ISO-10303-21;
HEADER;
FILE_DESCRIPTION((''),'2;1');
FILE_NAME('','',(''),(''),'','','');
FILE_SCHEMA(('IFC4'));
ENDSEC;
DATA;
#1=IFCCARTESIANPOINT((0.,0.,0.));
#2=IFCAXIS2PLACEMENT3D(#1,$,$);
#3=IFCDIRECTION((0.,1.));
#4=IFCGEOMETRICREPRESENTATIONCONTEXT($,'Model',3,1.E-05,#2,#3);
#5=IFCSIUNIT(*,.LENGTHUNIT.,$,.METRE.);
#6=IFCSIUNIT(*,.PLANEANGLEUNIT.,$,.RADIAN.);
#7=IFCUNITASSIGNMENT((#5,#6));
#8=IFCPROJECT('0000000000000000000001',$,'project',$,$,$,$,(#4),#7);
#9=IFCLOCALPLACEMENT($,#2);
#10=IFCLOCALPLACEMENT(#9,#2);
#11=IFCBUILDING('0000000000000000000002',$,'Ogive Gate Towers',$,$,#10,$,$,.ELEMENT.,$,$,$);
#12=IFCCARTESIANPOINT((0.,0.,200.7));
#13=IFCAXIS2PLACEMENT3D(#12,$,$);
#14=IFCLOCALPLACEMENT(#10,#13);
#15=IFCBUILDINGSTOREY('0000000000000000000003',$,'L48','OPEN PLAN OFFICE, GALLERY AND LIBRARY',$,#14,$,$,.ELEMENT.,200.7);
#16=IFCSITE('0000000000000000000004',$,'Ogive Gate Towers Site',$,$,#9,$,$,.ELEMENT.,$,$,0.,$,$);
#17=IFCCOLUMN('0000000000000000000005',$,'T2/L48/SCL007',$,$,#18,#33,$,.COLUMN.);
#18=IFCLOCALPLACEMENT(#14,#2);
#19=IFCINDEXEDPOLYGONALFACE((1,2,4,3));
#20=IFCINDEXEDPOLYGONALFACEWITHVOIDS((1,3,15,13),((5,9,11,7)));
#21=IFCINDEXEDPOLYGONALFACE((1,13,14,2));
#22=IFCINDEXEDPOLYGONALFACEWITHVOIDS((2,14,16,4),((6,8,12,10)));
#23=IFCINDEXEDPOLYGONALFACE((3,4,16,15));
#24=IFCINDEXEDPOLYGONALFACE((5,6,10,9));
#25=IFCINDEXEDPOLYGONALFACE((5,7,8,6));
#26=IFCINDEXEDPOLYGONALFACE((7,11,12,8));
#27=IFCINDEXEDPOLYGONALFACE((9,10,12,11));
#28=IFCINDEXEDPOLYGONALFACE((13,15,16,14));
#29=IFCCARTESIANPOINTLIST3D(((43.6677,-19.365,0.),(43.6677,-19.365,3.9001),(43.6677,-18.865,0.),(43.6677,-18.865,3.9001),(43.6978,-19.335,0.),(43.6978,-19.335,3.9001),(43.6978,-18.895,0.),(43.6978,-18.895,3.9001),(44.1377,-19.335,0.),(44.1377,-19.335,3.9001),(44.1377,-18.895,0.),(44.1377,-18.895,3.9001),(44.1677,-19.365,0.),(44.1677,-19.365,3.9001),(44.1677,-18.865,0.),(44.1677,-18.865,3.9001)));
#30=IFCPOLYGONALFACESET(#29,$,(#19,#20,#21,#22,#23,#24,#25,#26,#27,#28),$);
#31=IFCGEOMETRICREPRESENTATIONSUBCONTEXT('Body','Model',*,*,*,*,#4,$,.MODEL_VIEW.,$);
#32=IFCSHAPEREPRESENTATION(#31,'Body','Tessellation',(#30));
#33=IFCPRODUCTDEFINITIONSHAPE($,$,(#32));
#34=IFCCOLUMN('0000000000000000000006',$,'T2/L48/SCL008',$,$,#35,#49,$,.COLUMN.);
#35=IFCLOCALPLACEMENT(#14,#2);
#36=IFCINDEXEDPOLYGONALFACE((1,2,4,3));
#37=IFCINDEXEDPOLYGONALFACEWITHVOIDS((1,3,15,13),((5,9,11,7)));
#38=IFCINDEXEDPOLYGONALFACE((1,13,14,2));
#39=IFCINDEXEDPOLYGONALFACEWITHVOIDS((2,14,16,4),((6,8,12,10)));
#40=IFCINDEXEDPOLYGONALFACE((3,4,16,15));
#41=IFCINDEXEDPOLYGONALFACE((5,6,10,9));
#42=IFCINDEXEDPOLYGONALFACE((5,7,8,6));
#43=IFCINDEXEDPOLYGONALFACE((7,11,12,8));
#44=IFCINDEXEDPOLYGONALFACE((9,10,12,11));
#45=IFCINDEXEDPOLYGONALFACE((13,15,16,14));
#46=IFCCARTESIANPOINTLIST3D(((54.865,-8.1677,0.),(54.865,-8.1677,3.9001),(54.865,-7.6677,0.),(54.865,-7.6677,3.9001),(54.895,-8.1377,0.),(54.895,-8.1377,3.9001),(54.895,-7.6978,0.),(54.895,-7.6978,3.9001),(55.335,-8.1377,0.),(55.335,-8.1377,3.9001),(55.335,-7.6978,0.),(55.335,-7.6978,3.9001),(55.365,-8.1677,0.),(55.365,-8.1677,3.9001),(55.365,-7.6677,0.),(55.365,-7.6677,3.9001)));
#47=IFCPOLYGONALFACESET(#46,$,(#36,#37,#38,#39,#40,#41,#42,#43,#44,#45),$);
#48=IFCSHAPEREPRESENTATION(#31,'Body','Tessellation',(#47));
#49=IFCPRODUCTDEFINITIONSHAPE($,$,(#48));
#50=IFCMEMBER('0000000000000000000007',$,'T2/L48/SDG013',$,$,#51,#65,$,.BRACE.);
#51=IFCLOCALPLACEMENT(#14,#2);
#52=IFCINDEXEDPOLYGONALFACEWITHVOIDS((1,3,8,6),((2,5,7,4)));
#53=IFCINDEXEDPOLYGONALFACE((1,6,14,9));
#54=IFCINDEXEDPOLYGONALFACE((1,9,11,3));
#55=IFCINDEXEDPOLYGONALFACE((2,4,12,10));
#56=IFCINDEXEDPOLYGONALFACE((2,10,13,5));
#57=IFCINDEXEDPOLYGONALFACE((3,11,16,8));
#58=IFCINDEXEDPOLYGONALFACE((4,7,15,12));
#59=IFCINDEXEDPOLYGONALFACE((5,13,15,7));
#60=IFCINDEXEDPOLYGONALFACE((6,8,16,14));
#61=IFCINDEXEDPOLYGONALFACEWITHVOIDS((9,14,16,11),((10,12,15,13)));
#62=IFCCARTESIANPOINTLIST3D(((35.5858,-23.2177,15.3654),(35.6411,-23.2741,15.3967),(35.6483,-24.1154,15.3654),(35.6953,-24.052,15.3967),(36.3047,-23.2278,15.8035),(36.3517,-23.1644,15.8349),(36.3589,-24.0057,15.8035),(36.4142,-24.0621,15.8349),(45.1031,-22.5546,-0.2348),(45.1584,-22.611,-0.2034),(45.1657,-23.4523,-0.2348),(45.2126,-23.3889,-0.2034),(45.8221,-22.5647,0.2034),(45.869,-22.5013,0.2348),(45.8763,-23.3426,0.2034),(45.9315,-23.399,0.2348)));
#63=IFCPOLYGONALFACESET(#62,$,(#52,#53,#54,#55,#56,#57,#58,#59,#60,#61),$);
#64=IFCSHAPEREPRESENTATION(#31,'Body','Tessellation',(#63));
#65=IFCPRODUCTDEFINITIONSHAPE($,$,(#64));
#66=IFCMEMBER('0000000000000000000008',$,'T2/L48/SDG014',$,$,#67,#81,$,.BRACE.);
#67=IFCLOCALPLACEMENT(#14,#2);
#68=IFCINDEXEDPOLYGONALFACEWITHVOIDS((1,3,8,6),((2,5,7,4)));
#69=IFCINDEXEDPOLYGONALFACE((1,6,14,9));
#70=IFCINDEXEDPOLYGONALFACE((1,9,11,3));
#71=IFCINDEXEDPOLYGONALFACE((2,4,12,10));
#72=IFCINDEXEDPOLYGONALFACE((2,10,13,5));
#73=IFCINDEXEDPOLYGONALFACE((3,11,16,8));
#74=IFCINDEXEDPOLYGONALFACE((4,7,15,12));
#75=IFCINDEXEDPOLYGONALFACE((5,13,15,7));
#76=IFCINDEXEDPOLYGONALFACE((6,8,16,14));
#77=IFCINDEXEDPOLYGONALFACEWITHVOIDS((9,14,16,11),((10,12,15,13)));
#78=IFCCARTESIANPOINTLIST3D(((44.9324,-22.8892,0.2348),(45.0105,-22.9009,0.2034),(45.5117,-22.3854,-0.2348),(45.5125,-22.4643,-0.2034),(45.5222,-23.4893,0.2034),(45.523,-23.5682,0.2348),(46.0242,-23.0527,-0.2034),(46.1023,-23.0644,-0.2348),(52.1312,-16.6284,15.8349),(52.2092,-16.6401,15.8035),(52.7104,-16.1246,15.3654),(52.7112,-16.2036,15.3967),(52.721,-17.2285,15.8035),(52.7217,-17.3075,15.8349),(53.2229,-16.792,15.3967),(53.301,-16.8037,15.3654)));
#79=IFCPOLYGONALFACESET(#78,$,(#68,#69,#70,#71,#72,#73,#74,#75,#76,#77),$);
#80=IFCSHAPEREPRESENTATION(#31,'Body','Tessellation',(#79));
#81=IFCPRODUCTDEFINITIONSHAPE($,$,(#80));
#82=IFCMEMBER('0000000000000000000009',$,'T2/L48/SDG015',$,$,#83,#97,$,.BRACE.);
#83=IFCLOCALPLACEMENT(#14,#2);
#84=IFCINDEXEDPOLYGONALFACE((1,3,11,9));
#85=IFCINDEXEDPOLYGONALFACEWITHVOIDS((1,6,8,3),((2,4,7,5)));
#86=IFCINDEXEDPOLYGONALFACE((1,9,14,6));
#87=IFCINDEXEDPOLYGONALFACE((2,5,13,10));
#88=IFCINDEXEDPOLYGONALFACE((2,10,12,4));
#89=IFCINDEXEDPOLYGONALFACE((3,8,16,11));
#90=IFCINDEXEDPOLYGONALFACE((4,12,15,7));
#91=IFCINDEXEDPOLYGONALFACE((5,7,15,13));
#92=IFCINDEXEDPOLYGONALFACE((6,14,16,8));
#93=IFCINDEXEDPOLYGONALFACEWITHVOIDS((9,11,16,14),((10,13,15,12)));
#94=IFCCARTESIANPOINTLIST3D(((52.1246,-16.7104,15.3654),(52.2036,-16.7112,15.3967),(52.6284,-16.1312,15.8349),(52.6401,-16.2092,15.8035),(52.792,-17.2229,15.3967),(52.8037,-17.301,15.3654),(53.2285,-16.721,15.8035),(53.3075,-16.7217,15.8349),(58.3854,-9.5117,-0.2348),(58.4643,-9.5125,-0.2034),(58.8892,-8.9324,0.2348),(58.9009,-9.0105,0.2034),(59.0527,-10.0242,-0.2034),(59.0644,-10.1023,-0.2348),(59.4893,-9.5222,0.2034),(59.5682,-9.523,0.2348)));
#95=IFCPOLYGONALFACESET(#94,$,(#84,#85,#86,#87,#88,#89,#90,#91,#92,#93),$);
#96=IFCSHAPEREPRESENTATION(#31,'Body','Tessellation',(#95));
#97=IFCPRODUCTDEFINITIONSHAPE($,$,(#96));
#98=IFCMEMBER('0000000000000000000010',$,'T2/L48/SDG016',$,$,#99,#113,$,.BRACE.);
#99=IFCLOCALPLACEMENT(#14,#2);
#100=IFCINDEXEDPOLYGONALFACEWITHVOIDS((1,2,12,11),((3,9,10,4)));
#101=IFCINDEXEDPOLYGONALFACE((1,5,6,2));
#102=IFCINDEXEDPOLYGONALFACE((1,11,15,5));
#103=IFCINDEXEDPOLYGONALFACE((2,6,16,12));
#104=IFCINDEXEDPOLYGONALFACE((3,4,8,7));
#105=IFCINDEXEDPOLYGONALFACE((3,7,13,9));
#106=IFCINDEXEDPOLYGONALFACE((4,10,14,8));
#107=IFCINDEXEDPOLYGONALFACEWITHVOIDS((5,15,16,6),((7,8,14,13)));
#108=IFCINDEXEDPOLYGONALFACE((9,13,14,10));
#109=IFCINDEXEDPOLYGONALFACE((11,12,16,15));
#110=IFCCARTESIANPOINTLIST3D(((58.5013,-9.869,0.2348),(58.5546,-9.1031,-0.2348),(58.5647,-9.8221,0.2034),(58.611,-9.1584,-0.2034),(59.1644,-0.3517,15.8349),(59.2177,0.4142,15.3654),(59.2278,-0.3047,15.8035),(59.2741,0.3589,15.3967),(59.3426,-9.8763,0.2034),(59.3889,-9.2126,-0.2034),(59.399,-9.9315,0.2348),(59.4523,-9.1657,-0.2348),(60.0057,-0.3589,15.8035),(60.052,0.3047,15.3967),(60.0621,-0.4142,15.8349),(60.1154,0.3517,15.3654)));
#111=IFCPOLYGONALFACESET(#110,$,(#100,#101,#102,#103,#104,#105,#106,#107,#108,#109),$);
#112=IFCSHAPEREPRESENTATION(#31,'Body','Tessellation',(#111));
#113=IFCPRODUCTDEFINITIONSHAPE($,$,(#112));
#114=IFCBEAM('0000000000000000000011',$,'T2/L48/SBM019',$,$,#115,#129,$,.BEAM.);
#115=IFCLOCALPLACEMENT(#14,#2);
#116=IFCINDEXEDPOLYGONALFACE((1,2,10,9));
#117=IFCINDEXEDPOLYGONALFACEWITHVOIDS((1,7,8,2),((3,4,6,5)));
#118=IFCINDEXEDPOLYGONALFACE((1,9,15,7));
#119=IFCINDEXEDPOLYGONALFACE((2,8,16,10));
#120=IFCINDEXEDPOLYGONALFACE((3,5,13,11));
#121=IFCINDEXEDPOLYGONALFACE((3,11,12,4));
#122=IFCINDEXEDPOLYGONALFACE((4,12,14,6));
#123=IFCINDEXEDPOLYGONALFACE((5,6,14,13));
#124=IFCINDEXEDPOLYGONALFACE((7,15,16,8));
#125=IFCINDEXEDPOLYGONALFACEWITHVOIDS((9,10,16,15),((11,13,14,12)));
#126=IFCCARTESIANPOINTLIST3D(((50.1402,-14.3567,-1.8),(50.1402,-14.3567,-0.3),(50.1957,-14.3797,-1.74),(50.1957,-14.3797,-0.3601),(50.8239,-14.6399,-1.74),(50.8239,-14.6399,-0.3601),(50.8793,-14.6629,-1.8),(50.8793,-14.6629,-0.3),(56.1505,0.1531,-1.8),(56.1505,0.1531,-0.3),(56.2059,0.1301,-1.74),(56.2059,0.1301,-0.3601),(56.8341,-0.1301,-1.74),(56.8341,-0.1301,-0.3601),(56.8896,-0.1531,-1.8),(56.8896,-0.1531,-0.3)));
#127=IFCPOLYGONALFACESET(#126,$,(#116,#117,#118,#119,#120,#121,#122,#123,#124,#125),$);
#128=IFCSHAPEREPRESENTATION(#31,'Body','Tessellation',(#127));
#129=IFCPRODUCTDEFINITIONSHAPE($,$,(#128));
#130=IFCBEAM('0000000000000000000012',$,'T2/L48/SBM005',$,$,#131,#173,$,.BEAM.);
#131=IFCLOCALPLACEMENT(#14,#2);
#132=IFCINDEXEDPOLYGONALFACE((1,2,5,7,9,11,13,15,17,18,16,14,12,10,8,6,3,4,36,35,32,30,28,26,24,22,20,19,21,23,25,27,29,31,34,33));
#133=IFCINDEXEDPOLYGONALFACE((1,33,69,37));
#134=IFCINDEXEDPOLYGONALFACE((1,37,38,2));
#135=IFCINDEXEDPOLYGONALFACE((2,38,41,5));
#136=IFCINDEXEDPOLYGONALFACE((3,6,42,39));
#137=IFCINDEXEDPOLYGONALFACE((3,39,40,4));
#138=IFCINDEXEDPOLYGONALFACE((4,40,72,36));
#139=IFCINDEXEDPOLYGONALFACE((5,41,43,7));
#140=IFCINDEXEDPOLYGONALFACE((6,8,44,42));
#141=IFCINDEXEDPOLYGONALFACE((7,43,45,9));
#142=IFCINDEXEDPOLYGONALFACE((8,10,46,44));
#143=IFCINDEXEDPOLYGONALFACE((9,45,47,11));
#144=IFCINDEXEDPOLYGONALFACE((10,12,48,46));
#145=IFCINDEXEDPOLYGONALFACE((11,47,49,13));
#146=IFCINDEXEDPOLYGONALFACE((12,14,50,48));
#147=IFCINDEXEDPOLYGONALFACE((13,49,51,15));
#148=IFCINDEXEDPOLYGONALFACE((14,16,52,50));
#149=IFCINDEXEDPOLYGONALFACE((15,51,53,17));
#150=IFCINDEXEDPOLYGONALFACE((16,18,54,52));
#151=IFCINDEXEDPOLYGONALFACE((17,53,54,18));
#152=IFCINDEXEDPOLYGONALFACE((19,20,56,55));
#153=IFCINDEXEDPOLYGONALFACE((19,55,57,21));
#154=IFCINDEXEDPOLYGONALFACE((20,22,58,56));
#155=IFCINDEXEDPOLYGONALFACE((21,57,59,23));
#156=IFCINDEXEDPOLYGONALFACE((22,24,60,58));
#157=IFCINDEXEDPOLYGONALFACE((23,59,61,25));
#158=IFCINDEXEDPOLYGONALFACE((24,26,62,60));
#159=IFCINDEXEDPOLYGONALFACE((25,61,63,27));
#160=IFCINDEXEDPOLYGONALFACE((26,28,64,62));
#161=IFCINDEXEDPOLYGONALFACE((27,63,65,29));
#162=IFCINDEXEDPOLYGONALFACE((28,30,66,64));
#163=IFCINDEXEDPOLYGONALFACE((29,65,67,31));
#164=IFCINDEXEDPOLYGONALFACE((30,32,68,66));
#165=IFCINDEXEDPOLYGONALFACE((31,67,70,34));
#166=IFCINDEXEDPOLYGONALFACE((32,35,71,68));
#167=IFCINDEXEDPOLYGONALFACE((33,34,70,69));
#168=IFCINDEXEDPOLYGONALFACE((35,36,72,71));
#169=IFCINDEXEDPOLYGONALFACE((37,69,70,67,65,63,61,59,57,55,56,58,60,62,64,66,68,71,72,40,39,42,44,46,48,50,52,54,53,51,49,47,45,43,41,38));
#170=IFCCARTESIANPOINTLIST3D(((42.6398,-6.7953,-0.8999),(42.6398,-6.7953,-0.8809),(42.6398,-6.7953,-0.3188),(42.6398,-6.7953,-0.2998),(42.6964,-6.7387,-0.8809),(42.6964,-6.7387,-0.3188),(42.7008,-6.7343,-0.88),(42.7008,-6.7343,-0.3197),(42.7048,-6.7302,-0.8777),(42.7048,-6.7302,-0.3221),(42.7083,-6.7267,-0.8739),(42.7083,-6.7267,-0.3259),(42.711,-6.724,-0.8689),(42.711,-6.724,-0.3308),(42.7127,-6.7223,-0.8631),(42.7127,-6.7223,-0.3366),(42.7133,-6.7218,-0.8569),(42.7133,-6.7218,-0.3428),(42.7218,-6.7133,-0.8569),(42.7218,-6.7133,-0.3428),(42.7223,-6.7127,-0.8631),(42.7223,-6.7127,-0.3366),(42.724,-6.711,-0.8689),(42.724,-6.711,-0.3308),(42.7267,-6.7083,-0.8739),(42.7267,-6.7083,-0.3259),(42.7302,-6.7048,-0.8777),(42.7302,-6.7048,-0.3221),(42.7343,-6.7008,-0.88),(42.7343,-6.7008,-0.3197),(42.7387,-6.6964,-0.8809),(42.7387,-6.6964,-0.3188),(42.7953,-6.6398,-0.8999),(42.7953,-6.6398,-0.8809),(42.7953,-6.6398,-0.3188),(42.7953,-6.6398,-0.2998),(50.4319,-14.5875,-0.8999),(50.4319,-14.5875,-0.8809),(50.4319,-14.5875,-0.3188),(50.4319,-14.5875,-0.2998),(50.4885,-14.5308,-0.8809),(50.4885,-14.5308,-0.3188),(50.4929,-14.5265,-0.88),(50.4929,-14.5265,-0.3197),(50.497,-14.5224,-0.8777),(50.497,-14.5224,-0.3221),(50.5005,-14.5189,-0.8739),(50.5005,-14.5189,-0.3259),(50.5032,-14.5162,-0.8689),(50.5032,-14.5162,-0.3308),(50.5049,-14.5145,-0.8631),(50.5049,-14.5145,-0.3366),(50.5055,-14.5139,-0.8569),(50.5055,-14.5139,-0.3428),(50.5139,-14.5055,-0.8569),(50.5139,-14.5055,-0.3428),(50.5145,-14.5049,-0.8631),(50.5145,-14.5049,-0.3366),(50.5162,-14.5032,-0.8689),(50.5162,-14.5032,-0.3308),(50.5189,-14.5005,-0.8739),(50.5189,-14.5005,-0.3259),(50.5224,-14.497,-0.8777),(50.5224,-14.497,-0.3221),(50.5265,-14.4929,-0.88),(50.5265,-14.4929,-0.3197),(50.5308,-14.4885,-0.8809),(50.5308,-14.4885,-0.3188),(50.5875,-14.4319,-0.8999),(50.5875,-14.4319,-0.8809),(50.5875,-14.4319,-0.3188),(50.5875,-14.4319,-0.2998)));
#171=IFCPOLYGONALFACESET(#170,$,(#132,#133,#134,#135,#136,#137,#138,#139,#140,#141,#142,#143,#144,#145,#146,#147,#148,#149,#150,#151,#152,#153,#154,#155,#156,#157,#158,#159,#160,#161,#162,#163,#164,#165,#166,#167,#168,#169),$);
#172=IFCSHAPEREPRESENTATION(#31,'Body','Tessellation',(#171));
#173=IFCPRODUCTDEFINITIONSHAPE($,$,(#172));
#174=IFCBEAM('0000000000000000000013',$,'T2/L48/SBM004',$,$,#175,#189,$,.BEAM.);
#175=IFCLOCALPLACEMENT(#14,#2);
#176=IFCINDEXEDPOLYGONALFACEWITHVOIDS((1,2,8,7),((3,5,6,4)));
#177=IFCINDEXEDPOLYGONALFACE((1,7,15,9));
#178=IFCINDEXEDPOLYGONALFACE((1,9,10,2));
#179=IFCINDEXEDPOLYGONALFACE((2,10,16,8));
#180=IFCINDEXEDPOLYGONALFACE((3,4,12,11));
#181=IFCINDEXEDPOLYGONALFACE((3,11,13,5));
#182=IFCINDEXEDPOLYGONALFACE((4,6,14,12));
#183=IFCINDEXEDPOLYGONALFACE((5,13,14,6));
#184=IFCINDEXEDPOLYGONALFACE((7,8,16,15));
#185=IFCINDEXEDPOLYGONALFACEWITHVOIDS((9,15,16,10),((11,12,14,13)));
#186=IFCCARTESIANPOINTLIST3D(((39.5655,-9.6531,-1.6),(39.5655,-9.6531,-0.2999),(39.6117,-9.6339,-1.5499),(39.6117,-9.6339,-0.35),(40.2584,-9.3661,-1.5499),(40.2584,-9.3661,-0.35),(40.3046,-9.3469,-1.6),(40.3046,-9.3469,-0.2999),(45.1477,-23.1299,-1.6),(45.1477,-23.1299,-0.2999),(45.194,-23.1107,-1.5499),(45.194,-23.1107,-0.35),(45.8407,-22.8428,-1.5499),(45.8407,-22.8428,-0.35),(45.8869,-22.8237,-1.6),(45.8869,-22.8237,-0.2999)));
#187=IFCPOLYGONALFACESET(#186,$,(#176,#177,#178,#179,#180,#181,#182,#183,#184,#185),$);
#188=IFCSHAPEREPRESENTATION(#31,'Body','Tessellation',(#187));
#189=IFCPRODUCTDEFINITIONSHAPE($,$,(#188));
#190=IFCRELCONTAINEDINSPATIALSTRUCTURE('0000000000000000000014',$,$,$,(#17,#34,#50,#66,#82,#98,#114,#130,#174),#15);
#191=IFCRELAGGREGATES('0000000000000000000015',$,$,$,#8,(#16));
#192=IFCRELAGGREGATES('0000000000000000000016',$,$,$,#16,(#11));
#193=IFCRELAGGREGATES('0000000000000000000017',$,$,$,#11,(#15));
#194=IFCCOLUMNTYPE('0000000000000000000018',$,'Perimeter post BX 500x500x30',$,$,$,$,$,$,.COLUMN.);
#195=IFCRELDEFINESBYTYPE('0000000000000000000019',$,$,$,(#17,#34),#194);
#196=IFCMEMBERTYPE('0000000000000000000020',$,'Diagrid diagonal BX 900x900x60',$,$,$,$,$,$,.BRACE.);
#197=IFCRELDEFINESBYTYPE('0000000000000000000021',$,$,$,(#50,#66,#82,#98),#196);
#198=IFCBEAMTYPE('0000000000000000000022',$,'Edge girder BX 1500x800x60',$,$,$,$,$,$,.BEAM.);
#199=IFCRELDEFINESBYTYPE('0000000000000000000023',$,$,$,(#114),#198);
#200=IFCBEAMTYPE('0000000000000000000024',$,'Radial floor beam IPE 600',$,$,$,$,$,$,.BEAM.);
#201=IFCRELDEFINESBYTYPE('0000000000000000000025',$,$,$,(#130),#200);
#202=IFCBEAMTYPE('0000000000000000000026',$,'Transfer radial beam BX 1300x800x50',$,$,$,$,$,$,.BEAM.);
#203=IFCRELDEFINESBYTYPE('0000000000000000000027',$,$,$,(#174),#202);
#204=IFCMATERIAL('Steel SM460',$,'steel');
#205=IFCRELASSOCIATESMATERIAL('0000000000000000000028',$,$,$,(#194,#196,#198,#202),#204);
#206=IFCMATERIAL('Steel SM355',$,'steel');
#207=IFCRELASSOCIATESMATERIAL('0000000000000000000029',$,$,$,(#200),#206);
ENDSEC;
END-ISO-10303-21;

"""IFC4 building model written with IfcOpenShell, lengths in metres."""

from ifc_helpers import new_model, si_unit, direction, frame, origin, origin_2d, place, context, subcontext, project, spatial, hollow_rectangle, i_section, extrude, material, material_profile, profile_set, type_object, element, save


model = new_model("IFC4")

# Units and contexts
model_context = context("Model", 3, precision=1e-05, world=origin(), true_north=direction((0.0, 1.0)))
body_context = subcontext(model_context, "Body", "Model", "MODEL_VIEW")
ifc_project = project(units=[si_unit("LENGTHUNIT", "METRE"), si_unit("PLANEANGLEUNIT", "RADIAN")], contexts=[model_context])

# Site, building, storey
site_placement = place(None, origin())
site = spatial("IfcSite", under=ifc_project, at=site_placement, Name="Ogive Gate Towers Site", CompositionType="ELEMENT", RefElevation=0.0)
building_placement = place(site_placement, origin())
building = spatial("IfcBuilding", under=site, at=building_placement, Name="Ogive Gate Towers", CompositionType="ELEMENT")
storey_placement = place(building_placement, frame((0.0, 0.0, 200.7)))
storey = spatial("IfcBuildingStorey", under=building, at=storey_placement, Name="L48", Description="OPEN PLAN OFFICE, GALLERY AND LIBRARY", CompositionType="ELEMENT", Elevation=200.7)

# Columns
ifc_material_1 = material(Name="Steel SM460", Category="steel")
ifc_material_profile_1 = material_profile(ifc_material_1, hollow_rectangle(XDim=0.5, YDim=0.5, WallThickness=0.03, at=origin_2d()), Name="BX 500x500x30")
ifc_profile_set_1 = profile_set([ifc_material_profile_1], Name="Steel SM460")
column_type = type_object("IfcColumnType", Name="Perimeter post BX 500x500x30", PredefinedType="COLUMN", material=ifc_profile_set_1)
for number, where, z_axis, x_axis, name in (
    (1, (43.9177, -19.115, 0.0), (0.0, 0.0, 1.0), (1.0, 0.0, 0.0), "T2/L48/SCL007"),
    (2, (55.115, -7.9177, 0.0), (0.0, 0.0, 1.0), (1.0, 0.0, 0.0), "T2/L48/SCL008"),
):
    element("IfcColumn", number, at=place(storey_placement, frame(where, z_axis=z_axis, x_axis=x_axis)), inside=storey, type_object=column_type, Name=name, PredefinedType="COLUMN", context=body_context, shape_type="SweptSolid", body=[
        extrude(hollow_rectangle(XDim=0.5, YDim=0.5, WallThickness=0.03, at=origin_2d()), origin(), (0.0, 0.0, 1.0), 3.9001),
    ])

# Members
ifc_material_profile_2 = material_profile(ifc_material_1, hollow_rectangle(XDim=0.8999, YDim=0.8999, WallThickness=0.0601, at=origin_2d()), Name="BX 900x900x60")
ifc_profile_set_2 = profile_set([ifc_material_profile_2], Name="Steel SM460")
member_type = type_object("IfcMemberType", Name="Diagrid diagonal BX 900x900x60", PredefinedType="BRACE", material=ifc_profile_set_2)
for number, where, z_axis, x_axis, name in (
    (3, (45.5173, -22.9768, 0.0), (-0.520468, -0.036262, 0.853111), (0.069503, -0.997582, 0.0), "T2/L48/SDG013"),
    (4, (45.5173, -22.9768, 0.0), (0.393672, 0.342377, 0.853112), (-0.656237, 0.754555, 0.0), "T2/L48/SDG014"),
    (5, (58.9768, -9.5173, 0.0), (-0.342377, -0.393672, 0.853112), (0.754555, -0.656237, 0.0), "T2/L48/SDG015"),
    (6, (58.9768, -9.5173, 0.0), (0.036262, 0.520468, 0.853111), (-0.997582, 0.069503, 0.0), "T2/L48/SDG016"),
):
    element("IfcMember", number, at=place(storey_placement, frame(where, z_axis=z_axis, x_axis=x_axis)), inside=storey, type_object=member_type, Name=name, PredefinedType="BRACE", context=body_context, shape_type="SweptSolid", body=[
        extrude(hollow_rectangle(XDim=0.8999, YDim=0.8999, WallThickness=0.0601, at=origin_2d()), origin(), (0.0, 0.0, 1.0), 18.2861),
    ])

# Beams
ifc_material_profile_3 = material_profile(ifc_material_1, hollow_rectangle(XDim=0.8, YDim=1.5, WallThickness=0.0601, at=origin_2d()), Name="BX 1500x800x60")
ifc_profile_set_3 = profile_set([ifc_material_profile_3], Name="Steel SM460")
beam_type_1 = type_object("IfcBeamType", Name="Edge girder BX 1500x800x60", PredefinedType="BEAM", material=ifc_profile_set_3)
beam_1_placement = place(storey_placement, frame((50.5098, -14.5098, -1.05), z_axis=(0.38269, 0.923877, 0.0), x_axis=(-0.923877, 0.38269, 0.0)))
element("IfcBeam", 7, at=beam_1_placement, inside=storey, type_object=beam_type_1, Name="T2/L48/SBM019", PredefinedType="BEAM", context=body_context, shape_type="SweptSolid", body=[
    extrude(hollow_rectangle(XDim=0.8, YDim=1.5, WallThickness=0.0601, at=origin_2d()), origin(), (0.0, 0.0, 1.0), 15.7053),
])
ifc_material_2 = material(Name="Steel SM355", Category="steel")
ifc_material_profile_4 = material_profile(ifc_material_2, i_section(OverallWidth=0.22, OverallDepth=0.6001, WebThickness=0.012, FlangeThickness=0.019, FilletRadius=0.0239, at=origin_2d()), Name="IPE 600")
ifc_profile_set_4 = profile_set([ifc_material_profile_4], Name="Steel SM355")
beam_type_2 = type_object("IfcBeamType", Name="Radial floor beam IPE 600", PredefinedType="BEAM", material=ifc_profile_set_4)
beam_2_placement = place(storey_placement, frame((42.7175, -6.7175, -0.5999), z_axis=(0.707107, -0.707107, 0.0), x_axis=(0.707107, 0.707107, 0.0)))
element("IfcBeam", 8, at=beam_2_placement, inside=storey, type_object=beam_type_2, Name="T2/L48/SBM005", PredefinedType="BEAM", context=body_context, shape_type="SweptSolid", body=[
    extrude(i_section(OverallWidth=0.22, OverallDepth=0.6001, WebThickness=0.012, FlangeThickness=0.019, FilletRadius=0.0239, at=origin_2d()), origin(), (0.0, 0.0, 1.0), 11.0198),
])
ifc_material_profile_5 = material_profile(ifc_material_1, hollow_rectangle(XDim=0.8, YDim=1.3, WallThickness=0.05, at=origin_2d()), Name="BX 1300x800x50")
ifc_profile_set_5 = profile_set([ifc_material_profile_5], Name="Steel SM460")
beam_type_3 = type_object("IfcBeamType", Name="Transfer radial beam BX 1300x800x50", PredefinedType="BEAM", material=ifc_profile_set_5)
for number, where, z_axis, x_axis, name in (
    (9, (39.9351, -9.5, -0.95), (0.382683, -0.92388, 0.0), (0.92388, 0.382683, 0.0), "T2/L48/SBM004"),
):
    element("IfcBeam", number, at=place(storey_placement, frame(where, z_axis=z_axis, x_axis=x_axis)), inside=storey, type_object=beam_type_3, Name=name, PredefinedType="BEAM", context=body_context, shape_type="SweptSolid", body=[
        extrude(hollow_rectangle(XDim=0.8, YDim=1.3, WallThickness=0.05, at=origin_2d()), origin(), (0.0, 0.0, 1.0), 14.5872),
    ])

save(model, "model.ifc")
